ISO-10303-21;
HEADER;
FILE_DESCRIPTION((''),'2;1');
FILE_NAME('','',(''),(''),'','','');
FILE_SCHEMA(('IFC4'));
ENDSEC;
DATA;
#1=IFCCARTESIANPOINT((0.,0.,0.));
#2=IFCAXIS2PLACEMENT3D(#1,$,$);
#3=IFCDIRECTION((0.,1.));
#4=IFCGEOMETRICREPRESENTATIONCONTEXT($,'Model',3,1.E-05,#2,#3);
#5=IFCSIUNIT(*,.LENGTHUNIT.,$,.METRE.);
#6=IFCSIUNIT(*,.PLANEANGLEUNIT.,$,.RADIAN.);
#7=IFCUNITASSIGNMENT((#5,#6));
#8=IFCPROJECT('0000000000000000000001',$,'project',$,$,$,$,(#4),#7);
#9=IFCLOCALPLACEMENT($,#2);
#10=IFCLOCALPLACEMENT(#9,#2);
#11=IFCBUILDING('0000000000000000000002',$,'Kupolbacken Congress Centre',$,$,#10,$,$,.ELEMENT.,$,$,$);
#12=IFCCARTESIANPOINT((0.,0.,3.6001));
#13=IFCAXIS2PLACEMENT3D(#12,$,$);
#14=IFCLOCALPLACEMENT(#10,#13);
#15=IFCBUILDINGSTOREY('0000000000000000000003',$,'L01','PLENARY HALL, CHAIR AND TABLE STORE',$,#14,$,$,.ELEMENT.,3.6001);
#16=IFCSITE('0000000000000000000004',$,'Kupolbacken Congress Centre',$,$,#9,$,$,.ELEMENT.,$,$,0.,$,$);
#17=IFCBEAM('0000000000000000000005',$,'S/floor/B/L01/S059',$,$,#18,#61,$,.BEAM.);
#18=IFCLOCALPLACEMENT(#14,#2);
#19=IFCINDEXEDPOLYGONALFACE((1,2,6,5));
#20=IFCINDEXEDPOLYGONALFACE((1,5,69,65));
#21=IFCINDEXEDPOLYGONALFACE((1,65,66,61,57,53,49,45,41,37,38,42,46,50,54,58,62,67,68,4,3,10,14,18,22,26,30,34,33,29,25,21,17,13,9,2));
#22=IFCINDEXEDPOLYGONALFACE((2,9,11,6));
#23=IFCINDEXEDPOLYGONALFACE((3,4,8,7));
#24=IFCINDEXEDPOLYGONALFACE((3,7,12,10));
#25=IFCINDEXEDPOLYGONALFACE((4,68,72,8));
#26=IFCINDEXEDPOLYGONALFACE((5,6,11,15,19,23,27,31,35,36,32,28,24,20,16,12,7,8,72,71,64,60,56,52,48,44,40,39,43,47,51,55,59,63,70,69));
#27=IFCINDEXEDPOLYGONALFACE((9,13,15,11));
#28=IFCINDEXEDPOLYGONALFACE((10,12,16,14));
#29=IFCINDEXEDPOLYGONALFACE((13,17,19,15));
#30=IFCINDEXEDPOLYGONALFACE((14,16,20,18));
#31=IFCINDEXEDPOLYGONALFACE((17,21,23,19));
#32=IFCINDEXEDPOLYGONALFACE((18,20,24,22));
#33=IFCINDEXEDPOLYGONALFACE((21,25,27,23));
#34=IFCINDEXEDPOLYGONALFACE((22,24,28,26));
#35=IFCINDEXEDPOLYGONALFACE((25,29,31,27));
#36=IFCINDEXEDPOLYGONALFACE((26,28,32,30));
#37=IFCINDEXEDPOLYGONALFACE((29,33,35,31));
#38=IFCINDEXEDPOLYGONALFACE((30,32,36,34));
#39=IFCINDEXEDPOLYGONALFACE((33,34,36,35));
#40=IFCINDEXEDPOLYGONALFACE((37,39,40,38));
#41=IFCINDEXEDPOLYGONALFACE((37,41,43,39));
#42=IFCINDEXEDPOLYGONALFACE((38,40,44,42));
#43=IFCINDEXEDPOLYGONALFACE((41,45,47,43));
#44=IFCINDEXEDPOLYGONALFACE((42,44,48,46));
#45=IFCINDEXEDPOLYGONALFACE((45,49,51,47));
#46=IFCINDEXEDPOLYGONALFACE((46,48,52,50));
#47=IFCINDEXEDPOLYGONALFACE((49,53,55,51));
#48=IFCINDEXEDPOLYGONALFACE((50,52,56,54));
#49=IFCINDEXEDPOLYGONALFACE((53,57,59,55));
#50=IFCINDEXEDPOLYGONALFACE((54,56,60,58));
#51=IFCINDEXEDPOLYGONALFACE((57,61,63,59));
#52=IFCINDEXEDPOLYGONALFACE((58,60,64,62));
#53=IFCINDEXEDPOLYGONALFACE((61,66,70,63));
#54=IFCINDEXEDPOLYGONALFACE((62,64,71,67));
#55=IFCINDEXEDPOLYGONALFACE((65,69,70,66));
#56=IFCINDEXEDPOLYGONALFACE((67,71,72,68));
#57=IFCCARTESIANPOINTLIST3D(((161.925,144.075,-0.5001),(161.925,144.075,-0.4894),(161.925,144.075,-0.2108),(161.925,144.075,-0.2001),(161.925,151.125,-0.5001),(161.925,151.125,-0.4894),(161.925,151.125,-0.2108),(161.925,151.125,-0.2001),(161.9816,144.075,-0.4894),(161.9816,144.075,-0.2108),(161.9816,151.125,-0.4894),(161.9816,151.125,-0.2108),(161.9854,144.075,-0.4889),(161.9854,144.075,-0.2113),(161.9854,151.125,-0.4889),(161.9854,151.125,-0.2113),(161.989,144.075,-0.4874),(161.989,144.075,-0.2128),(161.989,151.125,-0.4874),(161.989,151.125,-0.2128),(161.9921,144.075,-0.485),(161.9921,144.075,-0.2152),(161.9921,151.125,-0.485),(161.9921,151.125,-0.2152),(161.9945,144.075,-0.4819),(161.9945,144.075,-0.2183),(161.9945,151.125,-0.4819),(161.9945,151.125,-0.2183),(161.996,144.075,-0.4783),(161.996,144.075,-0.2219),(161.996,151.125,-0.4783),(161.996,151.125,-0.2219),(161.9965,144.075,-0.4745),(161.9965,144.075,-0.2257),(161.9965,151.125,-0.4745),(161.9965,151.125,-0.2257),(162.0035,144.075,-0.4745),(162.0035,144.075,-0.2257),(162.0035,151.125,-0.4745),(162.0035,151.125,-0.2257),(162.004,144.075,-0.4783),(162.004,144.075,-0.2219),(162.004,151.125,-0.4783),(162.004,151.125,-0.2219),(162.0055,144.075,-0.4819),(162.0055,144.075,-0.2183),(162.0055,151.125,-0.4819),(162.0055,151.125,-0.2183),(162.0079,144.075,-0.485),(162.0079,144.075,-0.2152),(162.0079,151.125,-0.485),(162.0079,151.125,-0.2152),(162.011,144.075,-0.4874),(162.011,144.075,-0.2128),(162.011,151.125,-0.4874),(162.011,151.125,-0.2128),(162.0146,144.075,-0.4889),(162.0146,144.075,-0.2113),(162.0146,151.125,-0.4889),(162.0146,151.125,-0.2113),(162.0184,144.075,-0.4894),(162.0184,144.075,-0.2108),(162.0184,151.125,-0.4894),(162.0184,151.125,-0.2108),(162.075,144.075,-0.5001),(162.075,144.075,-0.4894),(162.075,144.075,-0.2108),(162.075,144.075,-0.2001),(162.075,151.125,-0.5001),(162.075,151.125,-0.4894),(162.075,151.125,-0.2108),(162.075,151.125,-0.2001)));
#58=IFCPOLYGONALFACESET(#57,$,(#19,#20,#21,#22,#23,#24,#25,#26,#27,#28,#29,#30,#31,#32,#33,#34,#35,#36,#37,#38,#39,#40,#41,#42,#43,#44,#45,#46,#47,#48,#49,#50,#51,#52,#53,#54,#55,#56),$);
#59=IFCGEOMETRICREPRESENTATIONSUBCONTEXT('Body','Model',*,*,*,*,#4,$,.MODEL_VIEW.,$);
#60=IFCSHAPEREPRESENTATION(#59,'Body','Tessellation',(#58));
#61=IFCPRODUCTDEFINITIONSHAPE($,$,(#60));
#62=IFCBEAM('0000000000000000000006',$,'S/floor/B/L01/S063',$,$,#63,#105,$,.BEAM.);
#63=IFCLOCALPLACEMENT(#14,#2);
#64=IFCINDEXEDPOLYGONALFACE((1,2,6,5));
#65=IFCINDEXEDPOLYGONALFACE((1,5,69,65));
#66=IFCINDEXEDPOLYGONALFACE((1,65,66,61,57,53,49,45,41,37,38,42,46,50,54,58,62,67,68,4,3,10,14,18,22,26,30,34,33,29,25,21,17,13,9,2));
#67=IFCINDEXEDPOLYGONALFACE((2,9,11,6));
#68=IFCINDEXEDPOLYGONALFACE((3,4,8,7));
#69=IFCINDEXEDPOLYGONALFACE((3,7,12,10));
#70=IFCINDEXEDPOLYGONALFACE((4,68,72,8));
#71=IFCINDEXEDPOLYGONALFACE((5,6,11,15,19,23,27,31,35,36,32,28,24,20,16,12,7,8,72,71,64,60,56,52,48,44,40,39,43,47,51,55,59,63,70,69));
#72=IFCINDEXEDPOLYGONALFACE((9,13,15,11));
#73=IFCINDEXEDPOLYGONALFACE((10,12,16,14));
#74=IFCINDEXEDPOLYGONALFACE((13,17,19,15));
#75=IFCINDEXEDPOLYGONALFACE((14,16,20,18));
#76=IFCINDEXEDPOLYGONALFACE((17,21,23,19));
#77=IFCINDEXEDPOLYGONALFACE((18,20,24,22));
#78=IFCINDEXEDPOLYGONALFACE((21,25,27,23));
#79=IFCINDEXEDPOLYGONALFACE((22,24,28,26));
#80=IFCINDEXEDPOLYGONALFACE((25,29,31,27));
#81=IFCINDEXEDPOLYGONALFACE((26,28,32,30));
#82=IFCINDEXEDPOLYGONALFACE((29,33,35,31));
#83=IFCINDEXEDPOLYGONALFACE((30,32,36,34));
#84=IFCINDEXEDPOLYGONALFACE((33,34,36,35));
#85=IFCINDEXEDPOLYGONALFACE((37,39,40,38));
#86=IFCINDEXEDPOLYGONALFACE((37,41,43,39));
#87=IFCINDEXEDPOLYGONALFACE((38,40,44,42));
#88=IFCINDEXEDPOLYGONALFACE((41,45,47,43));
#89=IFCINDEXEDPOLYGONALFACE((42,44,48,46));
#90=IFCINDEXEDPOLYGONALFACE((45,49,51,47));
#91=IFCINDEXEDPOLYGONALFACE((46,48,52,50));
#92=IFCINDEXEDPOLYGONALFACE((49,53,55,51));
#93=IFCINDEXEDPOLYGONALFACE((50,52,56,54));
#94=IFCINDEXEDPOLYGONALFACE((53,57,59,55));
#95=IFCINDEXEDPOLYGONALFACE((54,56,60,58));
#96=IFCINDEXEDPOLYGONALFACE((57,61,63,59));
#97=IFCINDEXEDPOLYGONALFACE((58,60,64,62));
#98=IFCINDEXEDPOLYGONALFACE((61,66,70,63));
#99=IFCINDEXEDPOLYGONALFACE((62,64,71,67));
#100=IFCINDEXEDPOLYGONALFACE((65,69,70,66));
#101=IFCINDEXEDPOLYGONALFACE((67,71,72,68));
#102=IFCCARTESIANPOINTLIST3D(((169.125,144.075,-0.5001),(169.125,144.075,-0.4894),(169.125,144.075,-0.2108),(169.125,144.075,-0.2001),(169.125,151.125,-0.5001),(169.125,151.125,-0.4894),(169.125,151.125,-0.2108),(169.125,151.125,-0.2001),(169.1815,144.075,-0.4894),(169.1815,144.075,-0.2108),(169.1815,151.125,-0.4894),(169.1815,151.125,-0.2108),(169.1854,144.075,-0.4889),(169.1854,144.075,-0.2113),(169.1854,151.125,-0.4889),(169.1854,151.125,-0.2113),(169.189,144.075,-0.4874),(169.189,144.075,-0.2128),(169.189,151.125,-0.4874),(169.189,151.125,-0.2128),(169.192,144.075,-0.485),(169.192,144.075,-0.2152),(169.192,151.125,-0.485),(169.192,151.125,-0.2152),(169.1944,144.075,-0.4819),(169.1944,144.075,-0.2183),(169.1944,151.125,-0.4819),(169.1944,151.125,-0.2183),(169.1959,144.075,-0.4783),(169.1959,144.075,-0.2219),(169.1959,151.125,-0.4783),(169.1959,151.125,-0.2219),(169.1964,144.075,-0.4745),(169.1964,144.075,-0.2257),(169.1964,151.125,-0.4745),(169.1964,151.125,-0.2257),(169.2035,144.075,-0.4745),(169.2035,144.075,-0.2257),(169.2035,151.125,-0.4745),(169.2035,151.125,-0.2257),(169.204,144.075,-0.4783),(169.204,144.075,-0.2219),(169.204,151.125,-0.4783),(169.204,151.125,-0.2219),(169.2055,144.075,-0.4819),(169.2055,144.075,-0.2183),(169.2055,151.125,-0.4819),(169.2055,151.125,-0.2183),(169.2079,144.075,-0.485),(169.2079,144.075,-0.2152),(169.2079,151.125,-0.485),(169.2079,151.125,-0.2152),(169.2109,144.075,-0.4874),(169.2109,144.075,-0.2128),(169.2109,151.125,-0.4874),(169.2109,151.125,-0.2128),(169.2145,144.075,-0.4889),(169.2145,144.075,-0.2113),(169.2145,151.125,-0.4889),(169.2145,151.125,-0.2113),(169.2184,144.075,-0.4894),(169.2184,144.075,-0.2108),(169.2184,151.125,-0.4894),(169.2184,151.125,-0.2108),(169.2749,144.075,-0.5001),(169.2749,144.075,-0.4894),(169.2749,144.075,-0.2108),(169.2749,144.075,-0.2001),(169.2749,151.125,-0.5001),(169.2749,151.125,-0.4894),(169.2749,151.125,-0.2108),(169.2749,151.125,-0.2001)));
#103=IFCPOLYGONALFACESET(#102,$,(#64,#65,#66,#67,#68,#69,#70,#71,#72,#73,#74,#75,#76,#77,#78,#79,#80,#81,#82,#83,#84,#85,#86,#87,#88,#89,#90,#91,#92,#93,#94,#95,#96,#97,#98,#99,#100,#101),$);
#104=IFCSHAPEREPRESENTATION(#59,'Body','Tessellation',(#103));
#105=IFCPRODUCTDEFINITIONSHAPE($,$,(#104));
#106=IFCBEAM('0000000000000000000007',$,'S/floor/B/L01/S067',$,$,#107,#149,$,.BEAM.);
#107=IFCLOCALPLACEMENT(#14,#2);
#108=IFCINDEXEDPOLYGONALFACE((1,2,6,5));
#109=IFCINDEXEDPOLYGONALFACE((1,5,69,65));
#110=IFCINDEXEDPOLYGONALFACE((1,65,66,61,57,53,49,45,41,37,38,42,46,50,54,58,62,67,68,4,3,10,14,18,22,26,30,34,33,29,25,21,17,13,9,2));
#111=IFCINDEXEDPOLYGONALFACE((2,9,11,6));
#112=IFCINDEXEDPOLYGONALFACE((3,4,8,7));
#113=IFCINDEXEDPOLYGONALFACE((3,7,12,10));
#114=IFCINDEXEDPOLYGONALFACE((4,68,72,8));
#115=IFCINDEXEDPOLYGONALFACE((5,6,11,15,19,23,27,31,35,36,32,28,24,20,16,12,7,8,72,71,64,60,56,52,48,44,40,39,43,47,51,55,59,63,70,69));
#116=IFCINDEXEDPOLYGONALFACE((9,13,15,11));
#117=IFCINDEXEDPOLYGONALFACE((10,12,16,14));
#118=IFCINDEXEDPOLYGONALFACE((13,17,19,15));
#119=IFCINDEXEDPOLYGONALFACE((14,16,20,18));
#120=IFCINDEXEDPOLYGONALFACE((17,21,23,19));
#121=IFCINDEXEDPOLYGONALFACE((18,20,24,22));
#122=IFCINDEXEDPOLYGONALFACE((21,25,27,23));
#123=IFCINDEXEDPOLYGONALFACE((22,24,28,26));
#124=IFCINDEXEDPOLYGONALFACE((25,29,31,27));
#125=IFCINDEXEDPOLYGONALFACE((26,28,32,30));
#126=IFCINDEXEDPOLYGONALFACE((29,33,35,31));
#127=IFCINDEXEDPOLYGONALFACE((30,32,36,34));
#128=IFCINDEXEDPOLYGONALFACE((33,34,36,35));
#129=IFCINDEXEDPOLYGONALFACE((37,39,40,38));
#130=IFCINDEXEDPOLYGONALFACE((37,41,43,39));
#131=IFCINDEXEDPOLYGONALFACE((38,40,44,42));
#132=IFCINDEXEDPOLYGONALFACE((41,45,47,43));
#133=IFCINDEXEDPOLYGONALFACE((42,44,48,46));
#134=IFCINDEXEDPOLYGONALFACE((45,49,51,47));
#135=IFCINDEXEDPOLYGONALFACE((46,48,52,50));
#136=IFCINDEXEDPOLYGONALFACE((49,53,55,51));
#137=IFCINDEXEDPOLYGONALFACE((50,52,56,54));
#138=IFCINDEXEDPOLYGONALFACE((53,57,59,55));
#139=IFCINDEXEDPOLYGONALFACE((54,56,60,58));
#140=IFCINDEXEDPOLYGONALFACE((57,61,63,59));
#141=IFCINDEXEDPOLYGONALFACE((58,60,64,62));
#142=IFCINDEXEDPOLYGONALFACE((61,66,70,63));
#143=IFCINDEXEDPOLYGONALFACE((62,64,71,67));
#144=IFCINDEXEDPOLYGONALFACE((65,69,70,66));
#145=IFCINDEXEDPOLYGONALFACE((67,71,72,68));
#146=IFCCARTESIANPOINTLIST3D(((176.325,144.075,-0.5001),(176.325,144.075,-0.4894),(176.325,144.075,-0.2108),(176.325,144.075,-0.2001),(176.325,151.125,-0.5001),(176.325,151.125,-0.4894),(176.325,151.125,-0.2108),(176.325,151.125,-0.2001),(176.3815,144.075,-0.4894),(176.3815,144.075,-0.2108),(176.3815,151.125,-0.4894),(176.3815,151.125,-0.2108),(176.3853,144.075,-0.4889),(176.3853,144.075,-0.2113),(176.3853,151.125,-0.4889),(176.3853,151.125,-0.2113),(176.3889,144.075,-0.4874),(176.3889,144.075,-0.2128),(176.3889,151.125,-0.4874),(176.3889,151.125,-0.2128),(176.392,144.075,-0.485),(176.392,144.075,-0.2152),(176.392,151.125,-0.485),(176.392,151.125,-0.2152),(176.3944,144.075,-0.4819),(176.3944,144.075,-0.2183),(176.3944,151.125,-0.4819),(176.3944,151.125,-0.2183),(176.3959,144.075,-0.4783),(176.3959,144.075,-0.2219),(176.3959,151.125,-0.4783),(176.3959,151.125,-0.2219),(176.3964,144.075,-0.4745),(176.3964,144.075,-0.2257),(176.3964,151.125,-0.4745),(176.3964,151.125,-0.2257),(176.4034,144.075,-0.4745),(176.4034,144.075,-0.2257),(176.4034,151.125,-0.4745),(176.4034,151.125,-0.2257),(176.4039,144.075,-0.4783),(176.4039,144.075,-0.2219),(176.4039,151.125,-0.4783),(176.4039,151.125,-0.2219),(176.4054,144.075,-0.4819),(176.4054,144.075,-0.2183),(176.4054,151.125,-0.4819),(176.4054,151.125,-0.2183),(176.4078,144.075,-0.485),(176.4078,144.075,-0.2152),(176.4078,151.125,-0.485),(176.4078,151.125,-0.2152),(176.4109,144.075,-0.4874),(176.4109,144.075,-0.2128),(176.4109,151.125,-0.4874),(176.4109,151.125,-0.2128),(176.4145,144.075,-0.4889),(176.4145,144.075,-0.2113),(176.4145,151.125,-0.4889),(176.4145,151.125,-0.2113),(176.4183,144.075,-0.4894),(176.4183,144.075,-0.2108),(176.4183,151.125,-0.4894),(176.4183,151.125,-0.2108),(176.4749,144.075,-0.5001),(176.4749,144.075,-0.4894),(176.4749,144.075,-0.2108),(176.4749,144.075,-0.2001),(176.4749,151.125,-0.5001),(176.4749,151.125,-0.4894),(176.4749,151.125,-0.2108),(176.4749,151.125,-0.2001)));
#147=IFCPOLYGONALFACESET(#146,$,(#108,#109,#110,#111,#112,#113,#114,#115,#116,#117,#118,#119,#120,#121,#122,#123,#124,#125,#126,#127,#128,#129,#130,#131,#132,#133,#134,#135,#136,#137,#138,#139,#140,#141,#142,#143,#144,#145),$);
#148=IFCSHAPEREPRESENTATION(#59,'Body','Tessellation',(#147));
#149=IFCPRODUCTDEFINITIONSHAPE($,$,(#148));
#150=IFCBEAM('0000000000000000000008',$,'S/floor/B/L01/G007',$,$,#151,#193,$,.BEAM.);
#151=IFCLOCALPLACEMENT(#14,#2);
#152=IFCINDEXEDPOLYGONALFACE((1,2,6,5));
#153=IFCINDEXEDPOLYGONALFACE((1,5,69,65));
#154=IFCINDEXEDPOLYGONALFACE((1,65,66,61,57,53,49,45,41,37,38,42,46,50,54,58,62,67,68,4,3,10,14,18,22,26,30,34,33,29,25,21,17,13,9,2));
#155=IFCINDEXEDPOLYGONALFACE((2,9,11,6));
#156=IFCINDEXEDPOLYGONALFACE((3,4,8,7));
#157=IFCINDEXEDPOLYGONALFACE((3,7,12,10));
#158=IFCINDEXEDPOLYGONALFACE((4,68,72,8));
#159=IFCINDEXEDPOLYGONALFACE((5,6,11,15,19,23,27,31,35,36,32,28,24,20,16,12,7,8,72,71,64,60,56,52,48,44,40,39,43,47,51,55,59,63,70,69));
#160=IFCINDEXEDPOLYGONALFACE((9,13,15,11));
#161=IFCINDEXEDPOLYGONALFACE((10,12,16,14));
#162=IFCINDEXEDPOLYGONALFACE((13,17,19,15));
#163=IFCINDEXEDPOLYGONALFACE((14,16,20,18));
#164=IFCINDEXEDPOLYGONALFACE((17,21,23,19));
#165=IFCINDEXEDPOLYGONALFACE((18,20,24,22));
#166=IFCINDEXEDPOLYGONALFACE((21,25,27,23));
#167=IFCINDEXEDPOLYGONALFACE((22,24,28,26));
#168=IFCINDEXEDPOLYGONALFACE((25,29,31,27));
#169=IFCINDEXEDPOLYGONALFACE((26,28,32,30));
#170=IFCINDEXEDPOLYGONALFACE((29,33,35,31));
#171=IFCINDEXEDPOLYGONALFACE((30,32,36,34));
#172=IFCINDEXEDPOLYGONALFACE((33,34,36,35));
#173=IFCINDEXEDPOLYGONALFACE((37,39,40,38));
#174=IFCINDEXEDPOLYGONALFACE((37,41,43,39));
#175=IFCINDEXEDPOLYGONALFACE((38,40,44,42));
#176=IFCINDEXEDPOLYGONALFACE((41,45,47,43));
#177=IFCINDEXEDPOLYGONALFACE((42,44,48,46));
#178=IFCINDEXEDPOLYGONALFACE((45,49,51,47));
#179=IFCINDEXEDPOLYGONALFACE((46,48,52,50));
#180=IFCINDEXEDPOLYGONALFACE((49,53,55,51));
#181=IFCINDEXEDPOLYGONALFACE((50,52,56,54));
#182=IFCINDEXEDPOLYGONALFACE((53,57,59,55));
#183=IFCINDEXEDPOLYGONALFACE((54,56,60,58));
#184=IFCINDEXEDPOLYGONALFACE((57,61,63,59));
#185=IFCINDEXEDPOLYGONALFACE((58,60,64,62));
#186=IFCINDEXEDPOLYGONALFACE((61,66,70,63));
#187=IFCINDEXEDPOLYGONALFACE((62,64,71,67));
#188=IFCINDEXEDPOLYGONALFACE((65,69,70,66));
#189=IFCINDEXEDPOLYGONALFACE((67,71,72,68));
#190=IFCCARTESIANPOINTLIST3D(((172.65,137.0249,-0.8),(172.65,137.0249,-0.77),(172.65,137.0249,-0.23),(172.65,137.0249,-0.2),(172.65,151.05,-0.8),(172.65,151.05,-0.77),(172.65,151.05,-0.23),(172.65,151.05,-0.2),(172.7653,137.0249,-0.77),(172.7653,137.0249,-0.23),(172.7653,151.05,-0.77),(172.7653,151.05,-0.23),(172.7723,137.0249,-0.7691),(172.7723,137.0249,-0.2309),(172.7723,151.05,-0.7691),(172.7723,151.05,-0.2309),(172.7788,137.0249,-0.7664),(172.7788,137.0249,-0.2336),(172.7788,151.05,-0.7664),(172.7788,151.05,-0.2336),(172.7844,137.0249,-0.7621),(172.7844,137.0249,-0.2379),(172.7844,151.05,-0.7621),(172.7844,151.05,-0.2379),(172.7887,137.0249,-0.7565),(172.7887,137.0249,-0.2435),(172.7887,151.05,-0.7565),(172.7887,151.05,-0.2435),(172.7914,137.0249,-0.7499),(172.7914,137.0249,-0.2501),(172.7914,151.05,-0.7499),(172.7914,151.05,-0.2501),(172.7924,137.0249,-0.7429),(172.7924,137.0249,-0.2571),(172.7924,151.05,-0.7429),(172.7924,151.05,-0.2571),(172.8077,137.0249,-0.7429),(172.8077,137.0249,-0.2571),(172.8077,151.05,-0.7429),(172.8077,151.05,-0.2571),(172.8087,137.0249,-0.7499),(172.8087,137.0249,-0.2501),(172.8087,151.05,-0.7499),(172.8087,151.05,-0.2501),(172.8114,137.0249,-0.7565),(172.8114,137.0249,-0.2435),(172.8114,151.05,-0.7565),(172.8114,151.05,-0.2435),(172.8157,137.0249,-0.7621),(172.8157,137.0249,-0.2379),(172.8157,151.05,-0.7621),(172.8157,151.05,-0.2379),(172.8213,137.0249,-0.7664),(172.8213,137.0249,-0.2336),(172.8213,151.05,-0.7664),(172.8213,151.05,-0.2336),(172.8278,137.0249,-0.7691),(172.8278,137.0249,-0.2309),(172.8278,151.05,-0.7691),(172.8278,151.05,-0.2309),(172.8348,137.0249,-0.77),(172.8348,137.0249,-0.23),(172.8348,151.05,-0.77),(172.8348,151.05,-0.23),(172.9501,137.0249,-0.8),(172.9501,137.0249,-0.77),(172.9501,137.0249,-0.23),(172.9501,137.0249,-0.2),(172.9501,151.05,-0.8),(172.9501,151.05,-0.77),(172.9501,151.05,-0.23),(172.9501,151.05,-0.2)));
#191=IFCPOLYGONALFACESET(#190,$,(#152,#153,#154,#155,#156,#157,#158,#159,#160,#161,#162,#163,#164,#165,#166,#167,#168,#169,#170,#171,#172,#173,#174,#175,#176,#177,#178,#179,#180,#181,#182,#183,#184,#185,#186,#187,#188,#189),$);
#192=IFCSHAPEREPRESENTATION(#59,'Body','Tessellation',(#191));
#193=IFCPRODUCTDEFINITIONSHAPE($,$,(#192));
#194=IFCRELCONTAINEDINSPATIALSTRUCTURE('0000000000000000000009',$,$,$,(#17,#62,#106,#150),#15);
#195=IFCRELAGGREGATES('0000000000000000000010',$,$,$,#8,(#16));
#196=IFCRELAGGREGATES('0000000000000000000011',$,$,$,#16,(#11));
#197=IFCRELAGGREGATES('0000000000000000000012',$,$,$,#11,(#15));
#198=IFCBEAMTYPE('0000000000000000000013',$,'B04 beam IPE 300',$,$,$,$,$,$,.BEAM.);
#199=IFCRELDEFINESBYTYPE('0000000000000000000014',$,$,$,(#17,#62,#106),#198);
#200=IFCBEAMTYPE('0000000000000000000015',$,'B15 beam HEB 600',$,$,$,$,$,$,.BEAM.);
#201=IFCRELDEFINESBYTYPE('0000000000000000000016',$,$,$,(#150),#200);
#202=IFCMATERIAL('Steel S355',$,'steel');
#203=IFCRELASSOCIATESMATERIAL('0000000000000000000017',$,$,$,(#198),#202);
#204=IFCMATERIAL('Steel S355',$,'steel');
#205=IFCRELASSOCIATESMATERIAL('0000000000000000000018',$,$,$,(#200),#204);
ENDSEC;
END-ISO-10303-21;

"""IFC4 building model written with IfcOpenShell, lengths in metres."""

from ifc_helpers import new_model, si_unit, direction, frame, origin, origin_2d, place, context, subcontext, project, spatial, i_section, extrude, material, material_profile, profile_set, type_object, element, save


model = new_model("IFC4")

# Units and contexts
model_context = context("Model", 3, precision=1e-05, world=origin(), true_north=direction((0.0, 1.0)))
body_context = subcontext(model_context, "Body", "Model", "MODEL_VIEW")
ifc_project = project(units=[si_unit("LENGTHUNIT", "METRE"), si_unit("PLANEANGLEUNIT", "RADIAN")], contexts=[model_context])

# Site, building, storey
site_placement = place(None, origin())
site = spatial("IfcSite", under=ifc_project, at=site_placement, Name="Kupolbacken Congress Centre", CompositionType="ELEMENT", RefElevation=0.0)
building_placement = place(site_placement, origin())
building = spatial("IfcBuilding", under=site, at=building_placement, Name="Kupolbacken Congress Centre", CompositionType="ELEMENT")
storey_placement = place(building_placement, frame((0.0, 0.0, 3.6001)))
storey = spatial("IfcBuildingStorey", under=building, at=storey_placement, Name="L01", Description="PLENARY HALL, CHAIR AND TABLE STORE", CompositionType="ELEMENT", Elevation=3.6001)

# Beams
ifc_material_1 = material(Name="Steel S355", Category="steel")
ifc_material_profile_1 = material_profile(ifc_material_1, i_section(OverallWidth=0.1499, OverallDepth=0.3, WebThickness=0.0071, FlangeThickness=0.0107, FilletRadius=0.0149, at=origin_2d()), Name="IPE 300")
ifc_profile_set_1 = profile_set([ifc_material_profile_1], Name="Steel S355")
beam_type_1 = type_object("IfcBeamType", Name="B04 beam IPE 300", PredefinedType="BEAM", material=ifc_profile_set_1)
for number, where, z_axis, x_axis, name in (
    (1, (162.0, 144.075, -0.3501), (0.0, 1.0, 0.0), (-1.0, 0.0, 0.0), "S/floor/B/L01/S059"),
    (2, (169.2, 144.075, -0.3501), (0.0, 1.0, 0.0), (-1.0, 0.0, 0.0), "S/floor/B/L01/S063"),
    (3, (176.3999, 144.075, -0.3501), (0.0, 1.0, 0.0), (-1.0, 0.0, 0.0), "S/floor/B/L01/S067"),
):
    element("IfcBeam", number, at=place(storey_placement, frame(where, z_axis=z_axis, x_axis=x_axis)), inside=storey, type_object=beam_type_1, Name=name, PredefinedType="BEAM", context=body_context, shape_type="SweptSolid", body=[
        extrude(i_section(OverallWidth=0.1499, OverallDepth=0.3, WebThickness=0.0071, FlangeThickness=0.0107, FilletRadius=0.0149, at=origin_2d()), origin(), (0.0, 0.0, 1.0), 7.05),
    ])
ifc_material_2 = material(Name="Steel S355", Category="steel")
ifc_material_profile_2 = material_profile(ifc_material_2, i_section(OverallWidth=0.3, OverallDepth=0.6001, WebThickness=0.0154, FlangeThickness=0.03, FilletRadius=0.0271, at=origin_2d()), Name="HEB 600")
ifc_profile_set_2 = profile_set([ifc_material_profile_2], Name="Steel S355")
beam_type_2 = type_object("IfcBeamType", Name="B15 beam HEB 600", PredefinedType="BEAM", material=ifc_profile_set_2)
beam_1_placement = place(storey_placement, frame((172.8, 137.0249, -0.5), z_axis=(0.0, 1.0, 0.0), x_axis=(-1.0, 0.0, 0.0)))
element("IfcBeam", 4, at=beam_1_placement, inside=storey, type_object=beam_type_2, Name="S/floor/B/L01/G007", PredefinedType="BEAM", context=body_context, shape_type="SweptSolid", body=[
    extrude(i_section(OverallWidth=0.3, OverallDepth=0.6001, WebThickness=0.0154, FlangeThickness=0.03, FilletRadius=0.0271, at=origin_2d()), origin(), (0.0, 0.0, 1.0), 14.0251),
])

save(model, "model.ifc")
